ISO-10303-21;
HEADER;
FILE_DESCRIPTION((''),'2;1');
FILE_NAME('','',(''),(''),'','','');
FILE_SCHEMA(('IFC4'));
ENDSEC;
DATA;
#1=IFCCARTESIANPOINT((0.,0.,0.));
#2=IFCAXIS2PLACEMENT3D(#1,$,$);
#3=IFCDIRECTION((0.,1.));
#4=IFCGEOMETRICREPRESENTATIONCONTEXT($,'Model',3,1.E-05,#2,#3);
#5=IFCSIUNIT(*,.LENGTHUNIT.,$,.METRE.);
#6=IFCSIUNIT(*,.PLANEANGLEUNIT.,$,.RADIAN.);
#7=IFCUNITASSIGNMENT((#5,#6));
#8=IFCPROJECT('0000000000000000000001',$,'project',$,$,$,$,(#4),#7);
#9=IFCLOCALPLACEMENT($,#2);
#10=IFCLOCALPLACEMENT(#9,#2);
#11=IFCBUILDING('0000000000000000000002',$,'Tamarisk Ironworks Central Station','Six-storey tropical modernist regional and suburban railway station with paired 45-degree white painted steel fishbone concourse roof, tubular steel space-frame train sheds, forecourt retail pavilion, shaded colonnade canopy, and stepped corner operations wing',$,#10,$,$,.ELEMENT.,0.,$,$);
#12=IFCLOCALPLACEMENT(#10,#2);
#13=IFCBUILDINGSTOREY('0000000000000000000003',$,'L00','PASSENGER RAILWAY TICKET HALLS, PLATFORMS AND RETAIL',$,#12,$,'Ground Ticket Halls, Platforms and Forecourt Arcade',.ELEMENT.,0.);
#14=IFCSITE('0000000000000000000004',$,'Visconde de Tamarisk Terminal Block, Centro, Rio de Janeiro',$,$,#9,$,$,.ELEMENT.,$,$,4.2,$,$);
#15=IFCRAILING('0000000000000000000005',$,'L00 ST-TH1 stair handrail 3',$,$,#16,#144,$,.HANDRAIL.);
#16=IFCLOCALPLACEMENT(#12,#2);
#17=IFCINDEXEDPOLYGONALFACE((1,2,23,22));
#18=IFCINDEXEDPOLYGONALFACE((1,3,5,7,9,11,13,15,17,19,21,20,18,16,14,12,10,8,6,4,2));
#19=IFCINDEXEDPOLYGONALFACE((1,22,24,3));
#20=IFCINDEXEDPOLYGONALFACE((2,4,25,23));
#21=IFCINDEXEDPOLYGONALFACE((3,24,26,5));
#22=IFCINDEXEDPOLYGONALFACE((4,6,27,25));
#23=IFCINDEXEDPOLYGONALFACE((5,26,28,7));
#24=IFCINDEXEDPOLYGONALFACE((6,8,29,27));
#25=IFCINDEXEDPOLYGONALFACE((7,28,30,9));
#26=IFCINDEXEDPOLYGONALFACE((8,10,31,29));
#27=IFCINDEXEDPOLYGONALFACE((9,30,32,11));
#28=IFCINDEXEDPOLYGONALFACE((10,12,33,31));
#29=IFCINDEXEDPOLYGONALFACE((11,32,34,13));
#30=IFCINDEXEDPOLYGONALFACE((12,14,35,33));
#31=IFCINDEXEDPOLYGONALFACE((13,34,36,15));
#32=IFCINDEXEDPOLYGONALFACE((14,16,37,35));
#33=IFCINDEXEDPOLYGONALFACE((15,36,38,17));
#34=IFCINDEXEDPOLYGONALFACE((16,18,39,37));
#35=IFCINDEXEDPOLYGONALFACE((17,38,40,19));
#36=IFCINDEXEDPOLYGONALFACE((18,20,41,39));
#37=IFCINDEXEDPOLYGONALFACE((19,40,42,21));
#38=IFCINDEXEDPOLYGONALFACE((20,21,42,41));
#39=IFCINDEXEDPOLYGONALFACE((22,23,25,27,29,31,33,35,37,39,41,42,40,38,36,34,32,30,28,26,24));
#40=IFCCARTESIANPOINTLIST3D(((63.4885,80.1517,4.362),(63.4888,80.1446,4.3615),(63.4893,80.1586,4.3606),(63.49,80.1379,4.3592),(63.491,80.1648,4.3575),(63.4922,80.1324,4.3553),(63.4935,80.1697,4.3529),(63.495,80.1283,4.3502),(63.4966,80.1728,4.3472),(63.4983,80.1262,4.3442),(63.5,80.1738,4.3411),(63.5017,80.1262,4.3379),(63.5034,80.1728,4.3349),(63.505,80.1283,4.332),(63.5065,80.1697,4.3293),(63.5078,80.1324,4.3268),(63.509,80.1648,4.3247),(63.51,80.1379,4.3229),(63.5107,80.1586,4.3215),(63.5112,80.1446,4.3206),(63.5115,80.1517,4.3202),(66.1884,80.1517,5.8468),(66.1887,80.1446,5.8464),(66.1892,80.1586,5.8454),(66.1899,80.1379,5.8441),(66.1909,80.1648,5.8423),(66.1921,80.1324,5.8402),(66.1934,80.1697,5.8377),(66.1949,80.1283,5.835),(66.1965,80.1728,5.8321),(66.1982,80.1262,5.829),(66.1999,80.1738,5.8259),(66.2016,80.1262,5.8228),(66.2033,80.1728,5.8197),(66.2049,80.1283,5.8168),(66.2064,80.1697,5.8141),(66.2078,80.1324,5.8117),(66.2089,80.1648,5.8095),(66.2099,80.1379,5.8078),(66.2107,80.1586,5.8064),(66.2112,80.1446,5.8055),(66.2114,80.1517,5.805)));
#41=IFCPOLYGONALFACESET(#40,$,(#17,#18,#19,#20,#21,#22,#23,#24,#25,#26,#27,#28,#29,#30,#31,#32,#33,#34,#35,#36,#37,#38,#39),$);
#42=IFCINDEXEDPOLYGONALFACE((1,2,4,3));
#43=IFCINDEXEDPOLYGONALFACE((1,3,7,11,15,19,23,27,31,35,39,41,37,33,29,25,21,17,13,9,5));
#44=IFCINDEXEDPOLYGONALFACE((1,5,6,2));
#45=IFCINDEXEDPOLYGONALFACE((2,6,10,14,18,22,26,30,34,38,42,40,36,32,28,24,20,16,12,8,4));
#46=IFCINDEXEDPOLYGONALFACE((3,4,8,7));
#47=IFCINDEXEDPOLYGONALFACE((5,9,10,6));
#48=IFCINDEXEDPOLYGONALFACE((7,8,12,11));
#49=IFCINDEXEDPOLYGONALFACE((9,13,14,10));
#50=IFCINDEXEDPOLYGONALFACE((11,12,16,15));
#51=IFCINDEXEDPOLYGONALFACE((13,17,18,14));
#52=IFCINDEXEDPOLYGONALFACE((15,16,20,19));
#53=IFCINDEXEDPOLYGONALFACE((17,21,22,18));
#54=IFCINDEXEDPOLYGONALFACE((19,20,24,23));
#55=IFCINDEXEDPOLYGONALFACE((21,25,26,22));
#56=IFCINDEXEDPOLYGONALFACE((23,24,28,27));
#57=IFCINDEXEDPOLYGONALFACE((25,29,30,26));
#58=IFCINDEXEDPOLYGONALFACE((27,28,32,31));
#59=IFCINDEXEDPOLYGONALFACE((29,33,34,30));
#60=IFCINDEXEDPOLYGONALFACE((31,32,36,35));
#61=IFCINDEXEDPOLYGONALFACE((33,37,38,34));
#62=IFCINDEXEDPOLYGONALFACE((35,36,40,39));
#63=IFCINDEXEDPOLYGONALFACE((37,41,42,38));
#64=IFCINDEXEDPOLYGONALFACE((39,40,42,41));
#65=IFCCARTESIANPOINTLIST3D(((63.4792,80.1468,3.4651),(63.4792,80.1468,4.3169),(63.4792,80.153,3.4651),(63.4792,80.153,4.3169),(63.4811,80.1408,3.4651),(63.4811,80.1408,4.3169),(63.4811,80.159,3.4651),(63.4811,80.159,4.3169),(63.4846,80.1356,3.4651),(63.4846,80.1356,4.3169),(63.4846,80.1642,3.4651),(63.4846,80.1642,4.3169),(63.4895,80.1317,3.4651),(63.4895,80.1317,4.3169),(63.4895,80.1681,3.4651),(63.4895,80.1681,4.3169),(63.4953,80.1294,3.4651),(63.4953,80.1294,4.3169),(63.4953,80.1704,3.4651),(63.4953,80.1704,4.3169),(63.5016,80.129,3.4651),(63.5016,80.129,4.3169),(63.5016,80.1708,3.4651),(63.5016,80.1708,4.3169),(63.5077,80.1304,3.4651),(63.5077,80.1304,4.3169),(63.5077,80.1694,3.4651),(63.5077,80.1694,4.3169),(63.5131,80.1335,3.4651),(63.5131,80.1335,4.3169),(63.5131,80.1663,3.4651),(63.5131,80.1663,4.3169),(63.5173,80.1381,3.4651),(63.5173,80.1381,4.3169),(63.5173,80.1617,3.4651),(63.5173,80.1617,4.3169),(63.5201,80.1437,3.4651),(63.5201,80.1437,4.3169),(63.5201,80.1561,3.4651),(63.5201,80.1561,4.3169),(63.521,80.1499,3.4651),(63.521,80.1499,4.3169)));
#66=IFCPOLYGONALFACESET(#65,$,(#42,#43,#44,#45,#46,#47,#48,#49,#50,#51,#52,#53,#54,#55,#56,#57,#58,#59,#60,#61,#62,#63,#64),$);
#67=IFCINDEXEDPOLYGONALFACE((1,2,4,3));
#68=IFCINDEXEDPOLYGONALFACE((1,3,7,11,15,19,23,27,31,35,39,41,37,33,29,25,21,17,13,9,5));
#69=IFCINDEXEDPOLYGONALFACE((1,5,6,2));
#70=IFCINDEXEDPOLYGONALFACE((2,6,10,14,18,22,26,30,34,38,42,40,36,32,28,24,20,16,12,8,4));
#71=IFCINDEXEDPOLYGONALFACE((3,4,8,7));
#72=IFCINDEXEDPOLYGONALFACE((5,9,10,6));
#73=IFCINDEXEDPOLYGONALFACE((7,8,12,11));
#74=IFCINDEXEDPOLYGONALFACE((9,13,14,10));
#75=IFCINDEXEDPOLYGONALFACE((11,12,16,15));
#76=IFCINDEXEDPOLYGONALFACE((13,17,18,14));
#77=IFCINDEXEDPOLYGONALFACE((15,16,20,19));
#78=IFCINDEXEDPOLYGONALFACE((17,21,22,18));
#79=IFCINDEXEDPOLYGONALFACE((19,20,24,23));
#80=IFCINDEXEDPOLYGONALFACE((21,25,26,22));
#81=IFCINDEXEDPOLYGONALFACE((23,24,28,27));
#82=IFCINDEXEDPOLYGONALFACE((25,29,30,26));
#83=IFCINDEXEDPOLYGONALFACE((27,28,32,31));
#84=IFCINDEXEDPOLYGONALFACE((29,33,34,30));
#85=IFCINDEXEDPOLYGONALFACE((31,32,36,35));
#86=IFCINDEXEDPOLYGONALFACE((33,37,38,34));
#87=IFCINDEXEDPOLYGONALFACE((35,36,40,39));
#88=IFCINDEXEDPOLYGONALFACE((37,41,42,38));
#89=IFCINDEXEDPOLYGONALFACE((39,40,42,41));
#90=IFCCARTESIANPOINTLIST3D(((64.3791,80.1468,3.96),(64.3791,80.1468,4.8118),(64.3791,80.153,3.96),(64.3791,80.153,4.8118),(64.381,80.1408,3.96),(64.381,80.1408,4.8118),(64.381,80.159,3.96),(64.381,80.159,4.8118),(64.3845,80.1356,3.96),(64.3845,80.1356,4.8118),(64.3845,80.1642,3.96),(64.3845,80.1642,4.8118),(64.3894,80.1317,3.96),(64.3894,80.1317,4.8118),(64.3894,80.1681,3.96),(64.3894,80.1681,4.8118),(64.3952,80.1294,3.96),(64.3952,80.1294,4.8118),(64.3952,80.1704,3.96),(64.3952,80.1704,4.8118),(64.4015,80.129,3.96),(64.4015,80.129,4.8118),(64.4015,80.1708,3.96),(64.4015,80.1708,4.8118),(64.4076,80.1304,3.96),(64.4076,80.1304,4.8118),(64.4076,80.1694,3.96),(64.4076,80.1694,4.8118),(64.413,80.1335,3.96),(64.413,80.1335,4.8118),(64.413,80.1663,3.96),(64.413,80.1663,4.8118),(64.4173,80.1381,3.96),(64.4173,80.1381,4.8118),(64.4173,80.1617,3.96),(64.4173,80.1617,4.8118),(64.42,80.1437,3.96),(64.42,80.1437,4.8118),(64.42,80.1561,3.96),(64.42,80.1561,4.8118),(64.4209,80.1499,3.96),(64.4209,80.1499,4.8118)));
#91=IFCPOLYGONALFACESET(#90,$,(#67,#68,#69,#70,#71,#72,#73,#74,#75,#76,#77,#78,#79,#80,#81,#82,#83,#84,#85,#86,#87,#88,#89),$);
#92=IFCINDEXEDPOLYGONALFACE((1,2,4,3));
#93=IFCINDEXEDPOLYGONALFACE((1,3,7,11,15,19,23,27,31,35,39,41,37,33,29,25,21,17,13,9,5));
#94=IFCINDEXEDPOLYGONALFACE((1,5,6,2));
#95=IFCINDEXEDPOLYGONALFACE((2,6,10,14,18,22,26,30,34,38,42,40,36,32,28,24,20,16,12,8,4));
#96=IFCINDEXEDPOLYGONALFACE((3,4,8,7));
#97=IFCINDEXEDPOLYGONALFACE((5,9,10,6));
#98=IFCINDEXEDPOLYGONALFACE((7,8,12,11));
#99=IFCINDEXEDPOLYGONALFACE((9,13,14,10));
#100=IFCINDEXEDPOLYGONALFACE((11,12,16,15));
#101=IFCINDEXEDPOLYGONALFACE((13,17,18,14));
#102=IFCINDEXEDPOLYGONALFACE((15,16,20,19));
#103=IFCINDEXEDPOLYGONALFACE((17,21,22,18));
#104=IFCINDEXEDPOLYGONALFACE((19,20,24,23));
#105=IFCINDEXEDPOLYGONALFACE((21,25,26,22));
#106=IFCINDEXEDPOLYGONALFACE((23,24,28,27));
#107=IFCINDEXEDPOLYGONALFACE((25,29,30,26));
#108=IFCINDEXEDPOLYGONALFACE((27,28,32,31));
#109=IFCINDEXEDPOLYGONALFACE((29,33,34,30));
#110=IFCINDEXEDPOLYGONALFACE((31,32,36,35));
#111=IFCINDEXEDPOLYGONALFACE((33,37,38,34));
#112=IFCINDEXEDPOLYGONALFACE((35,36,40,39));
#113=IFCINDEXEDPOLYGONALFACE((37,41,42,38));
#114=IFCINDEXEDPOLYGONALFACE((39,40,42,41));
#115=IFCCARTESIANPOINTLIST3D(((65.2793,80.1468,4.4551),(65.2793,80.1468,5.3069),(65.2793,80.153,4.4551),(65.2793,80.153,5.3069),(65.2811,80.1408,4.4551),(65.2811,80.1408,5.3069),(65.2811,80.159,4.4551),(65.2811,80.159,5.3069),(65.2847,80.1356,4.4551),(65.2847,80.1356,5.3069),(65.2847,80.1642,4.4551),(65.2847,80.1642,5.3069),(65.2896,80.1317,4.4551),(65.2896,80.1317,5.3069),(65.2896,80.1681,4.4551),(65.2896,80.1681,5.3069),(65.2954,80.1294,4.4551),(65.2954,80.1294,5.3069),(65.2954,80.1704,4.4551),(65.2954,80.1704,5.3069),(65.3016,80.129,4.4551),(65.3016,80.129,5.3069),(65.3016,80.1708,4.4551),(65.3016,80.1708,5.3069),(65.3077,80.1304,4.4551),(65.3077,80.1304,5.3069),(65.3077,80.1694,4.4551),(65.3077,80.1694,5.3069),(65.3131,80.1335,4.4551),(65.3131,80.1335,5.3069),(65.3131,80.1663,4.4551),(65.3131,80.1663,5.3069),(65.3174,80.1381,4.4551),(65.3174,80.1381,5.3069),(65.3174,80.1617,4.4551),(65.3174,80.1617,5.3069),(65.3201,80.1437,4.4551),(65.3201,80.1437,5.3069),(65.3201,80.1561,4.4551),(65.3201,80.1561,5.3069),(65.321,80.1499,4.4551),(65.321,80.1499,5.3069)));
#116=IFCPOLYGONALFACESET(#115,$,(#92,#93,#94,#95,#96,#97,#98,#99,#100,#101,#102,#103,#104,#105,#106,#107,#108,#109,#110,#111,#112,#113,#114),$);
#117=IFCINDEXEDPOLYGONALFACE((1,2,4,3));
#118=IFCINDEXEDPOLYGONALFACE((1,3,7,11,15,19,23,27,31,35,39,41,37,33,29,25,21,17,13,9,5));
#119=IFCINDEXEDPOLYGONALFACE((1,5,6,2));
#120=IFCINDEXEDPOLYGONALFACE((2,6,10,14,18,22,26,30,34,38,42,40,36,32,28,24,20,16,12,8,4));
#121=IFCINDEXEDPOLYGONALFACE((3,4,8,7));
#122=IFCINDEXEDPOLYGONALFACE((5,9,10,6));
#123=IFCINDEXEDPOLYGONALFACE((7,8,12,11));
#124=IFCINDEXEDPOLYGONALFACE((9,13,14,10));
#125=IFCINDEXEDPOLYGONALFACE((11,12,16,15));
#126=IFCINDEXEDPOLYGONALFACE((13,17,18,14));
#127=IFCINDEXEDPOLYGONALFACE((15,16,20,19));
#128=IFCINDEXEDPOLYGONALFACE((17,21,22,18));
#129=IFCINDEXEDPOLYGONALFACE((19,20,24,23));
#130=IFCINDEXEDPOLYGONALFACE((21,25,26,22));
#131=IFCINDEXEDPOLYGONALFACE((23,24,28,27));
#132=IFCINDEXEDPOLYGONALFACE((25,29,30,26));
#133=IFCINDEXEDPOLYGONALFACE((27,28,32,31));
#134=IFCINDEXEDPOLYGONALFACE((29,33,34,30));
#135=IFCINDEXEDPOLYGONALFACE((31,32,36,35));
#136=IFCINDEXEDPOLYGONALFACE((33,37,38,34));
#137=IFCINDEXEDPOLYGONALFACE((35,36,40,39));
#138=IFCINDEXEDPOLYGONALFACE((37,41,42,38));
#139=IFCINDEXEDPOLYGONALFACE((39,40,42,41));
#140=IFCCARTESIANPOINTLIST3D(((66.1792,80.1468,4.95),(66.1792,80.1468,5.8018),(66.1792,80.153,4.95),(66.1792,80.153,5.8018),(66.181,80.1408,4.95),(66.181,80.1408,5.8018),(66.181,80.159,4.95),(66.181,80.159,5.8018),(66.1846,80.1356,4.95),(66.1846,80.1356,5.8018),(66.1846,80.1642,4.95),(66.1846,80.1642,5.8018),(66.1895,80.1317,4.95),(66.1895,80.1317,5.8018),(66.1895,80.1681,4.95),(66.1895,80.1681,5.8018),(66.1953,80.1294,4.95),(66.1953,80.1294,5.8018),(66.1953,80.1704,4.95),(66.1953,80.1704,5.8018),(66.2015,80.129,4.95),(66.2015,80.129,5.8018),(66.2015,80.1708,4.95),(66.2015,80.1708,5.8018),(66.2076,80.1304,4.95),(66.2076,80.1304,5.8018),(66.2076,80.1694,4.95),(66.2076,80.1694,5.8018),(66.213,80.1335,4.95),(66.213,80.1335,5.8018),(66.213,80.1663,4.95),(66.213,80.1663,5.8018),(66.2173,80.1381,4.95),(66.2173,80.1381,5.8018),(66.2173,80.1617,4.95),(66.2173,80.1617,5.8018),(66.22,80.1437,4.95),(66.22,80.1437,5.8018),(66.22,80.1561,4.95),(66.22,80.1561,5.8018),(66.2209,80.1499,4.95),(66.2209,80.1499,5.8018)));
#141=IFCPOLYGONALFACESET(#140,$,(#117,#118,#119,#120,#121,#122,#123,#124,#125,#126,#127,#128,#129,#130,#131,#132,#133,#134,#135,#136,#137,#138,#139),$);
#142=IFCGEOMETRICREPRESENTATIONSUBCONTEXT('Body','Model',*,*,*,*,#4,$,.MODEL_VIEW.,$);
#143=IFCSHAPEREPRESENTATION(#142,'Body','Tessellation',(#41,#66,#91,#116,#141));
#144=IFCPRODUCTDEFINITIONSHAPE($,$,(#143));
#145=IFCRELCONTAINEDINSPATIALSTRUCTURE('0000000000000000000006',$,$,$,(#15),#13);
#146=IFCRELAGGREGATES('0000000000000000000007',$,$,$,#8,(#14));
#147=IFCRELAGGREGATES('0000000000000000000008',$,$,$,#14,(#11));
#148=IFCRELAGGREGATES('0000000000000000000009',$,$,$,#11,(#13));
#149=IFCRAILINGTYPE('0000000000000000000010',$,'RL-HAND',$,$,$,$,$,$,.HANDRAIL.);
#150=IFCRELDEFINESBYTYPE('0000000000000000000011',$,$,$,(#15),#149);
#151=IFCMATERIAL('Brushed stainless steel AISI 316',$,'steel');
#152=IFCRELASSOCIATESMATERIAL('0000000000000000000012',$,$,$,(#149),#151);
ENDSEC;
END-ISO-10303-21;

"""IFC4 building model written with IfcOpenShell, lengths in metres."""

from ifc_helpers import new_model, si_unit, direction, frame, origin, origin_2d, place, context, subcontext, project, spatial, circle, extrude, material, type_object, element, save


model = new_model("IFC4")

# Units and contexts
model_context = context("Model", 3, precision=1e-05, world=origin(), true_north=direction((0.0, 1.0)))
body_context = subcontext(model_context, "Body", "Model", "MODEL_VIEW")
ifc_project = project(units=[si_unit("LENGTHUNIT", "METRE"), si_unit("PLANEANGLEUNIT", "RADIAN")], contexts=[model_context])

# Site, building, storey
site_placement = place(None, origin())
site = spatial("IfcSite", under=ifc_project, at=site_placement, Name="Visconde de Tamarisk Terminal Block, Centro, Rio de Janeiro", CompositionType="ELEMENT", RefElevation=4.2)
building_placement = place(site_placement, origin())
building = spatial("IfcBuilding", under=site, at=building_placement, Name="Tamarisk Ironworks Central Station", Description="Six-storey tropical modernist regional and suburban railway station with paired 45-degree white painted steel fishbone concourse roof, tubular steel space-frame train sheds, forecourt retail pavilion, shaded colonnade canopy, and stepped corner operations wing", CompositionType="ELEMENT", ElevationOfRefHeight=0.0)
storey_placement = place(building_placement, origin())
storey = spatial("IfcBuildingStorey", under=building, at=storey_placement, Name="L00", Description="PASSENGER RAILWAY TICKET HALLS, PLATFORMS AND RETAIL", LongName="Ground Ticket Halls, Platforms and Forecourt Arcade", CompositionType="ELEMENT", Elevation=0.0)

# Railing
ifc_material_1 = material(Name="Brushed stainless steel AISI 316", Category="steel")
railing_type_1 = type_object("IfcRailingType", Name="RL-HAND", PredefinedType="HANDRAIL", material=ifc_material_1)
for number, where, name in (
    (1, (63.5, 80.1499, 3.4651), "L00 ST-TH1 stair handrail 3"),
):
    element("IfcRailing", number, at=place(storey_placement, frame(where)), inside=storey, type_object=railing_type_1, Name=name, PredefinedType="HANDRAIL", context=body_context, shape_type="SweptSolid", body=[
        extrude(circle(Radius=0.0239, at=origin_2d()), frame((0.0, 0.0, 0.876), z_axis=(0.876231, 0.0, 0.481891), x_axis=(0.0, 1.0, 0.0)), (0.0, 0.0, 1.0), 3.0813),
        extrude(circle(Radius=0.021, at=origin_2d()), origin(), (0.0, 0.0, 1.0), 0.8518),
        extrude(circle(Radius=0.021, at=origin_2d()), frame((0.8999, 0.0, 0.4949)), (0.0, 0.0, 1.0), 0.8518),
        extrude(circle(Radius=0.021, at=origin_2d()), frame((1.8, 0.0, 0.99)), (0.0, 0.0, 1.0), 0.8518),
        extrude(circle(Radius=0.021, at=origin_2d()), frame((2.7, 0.0, 1.4849)), (0.0, 0.0, 1.0), 0.8518),
    ])

save(model, "model.ifc")
